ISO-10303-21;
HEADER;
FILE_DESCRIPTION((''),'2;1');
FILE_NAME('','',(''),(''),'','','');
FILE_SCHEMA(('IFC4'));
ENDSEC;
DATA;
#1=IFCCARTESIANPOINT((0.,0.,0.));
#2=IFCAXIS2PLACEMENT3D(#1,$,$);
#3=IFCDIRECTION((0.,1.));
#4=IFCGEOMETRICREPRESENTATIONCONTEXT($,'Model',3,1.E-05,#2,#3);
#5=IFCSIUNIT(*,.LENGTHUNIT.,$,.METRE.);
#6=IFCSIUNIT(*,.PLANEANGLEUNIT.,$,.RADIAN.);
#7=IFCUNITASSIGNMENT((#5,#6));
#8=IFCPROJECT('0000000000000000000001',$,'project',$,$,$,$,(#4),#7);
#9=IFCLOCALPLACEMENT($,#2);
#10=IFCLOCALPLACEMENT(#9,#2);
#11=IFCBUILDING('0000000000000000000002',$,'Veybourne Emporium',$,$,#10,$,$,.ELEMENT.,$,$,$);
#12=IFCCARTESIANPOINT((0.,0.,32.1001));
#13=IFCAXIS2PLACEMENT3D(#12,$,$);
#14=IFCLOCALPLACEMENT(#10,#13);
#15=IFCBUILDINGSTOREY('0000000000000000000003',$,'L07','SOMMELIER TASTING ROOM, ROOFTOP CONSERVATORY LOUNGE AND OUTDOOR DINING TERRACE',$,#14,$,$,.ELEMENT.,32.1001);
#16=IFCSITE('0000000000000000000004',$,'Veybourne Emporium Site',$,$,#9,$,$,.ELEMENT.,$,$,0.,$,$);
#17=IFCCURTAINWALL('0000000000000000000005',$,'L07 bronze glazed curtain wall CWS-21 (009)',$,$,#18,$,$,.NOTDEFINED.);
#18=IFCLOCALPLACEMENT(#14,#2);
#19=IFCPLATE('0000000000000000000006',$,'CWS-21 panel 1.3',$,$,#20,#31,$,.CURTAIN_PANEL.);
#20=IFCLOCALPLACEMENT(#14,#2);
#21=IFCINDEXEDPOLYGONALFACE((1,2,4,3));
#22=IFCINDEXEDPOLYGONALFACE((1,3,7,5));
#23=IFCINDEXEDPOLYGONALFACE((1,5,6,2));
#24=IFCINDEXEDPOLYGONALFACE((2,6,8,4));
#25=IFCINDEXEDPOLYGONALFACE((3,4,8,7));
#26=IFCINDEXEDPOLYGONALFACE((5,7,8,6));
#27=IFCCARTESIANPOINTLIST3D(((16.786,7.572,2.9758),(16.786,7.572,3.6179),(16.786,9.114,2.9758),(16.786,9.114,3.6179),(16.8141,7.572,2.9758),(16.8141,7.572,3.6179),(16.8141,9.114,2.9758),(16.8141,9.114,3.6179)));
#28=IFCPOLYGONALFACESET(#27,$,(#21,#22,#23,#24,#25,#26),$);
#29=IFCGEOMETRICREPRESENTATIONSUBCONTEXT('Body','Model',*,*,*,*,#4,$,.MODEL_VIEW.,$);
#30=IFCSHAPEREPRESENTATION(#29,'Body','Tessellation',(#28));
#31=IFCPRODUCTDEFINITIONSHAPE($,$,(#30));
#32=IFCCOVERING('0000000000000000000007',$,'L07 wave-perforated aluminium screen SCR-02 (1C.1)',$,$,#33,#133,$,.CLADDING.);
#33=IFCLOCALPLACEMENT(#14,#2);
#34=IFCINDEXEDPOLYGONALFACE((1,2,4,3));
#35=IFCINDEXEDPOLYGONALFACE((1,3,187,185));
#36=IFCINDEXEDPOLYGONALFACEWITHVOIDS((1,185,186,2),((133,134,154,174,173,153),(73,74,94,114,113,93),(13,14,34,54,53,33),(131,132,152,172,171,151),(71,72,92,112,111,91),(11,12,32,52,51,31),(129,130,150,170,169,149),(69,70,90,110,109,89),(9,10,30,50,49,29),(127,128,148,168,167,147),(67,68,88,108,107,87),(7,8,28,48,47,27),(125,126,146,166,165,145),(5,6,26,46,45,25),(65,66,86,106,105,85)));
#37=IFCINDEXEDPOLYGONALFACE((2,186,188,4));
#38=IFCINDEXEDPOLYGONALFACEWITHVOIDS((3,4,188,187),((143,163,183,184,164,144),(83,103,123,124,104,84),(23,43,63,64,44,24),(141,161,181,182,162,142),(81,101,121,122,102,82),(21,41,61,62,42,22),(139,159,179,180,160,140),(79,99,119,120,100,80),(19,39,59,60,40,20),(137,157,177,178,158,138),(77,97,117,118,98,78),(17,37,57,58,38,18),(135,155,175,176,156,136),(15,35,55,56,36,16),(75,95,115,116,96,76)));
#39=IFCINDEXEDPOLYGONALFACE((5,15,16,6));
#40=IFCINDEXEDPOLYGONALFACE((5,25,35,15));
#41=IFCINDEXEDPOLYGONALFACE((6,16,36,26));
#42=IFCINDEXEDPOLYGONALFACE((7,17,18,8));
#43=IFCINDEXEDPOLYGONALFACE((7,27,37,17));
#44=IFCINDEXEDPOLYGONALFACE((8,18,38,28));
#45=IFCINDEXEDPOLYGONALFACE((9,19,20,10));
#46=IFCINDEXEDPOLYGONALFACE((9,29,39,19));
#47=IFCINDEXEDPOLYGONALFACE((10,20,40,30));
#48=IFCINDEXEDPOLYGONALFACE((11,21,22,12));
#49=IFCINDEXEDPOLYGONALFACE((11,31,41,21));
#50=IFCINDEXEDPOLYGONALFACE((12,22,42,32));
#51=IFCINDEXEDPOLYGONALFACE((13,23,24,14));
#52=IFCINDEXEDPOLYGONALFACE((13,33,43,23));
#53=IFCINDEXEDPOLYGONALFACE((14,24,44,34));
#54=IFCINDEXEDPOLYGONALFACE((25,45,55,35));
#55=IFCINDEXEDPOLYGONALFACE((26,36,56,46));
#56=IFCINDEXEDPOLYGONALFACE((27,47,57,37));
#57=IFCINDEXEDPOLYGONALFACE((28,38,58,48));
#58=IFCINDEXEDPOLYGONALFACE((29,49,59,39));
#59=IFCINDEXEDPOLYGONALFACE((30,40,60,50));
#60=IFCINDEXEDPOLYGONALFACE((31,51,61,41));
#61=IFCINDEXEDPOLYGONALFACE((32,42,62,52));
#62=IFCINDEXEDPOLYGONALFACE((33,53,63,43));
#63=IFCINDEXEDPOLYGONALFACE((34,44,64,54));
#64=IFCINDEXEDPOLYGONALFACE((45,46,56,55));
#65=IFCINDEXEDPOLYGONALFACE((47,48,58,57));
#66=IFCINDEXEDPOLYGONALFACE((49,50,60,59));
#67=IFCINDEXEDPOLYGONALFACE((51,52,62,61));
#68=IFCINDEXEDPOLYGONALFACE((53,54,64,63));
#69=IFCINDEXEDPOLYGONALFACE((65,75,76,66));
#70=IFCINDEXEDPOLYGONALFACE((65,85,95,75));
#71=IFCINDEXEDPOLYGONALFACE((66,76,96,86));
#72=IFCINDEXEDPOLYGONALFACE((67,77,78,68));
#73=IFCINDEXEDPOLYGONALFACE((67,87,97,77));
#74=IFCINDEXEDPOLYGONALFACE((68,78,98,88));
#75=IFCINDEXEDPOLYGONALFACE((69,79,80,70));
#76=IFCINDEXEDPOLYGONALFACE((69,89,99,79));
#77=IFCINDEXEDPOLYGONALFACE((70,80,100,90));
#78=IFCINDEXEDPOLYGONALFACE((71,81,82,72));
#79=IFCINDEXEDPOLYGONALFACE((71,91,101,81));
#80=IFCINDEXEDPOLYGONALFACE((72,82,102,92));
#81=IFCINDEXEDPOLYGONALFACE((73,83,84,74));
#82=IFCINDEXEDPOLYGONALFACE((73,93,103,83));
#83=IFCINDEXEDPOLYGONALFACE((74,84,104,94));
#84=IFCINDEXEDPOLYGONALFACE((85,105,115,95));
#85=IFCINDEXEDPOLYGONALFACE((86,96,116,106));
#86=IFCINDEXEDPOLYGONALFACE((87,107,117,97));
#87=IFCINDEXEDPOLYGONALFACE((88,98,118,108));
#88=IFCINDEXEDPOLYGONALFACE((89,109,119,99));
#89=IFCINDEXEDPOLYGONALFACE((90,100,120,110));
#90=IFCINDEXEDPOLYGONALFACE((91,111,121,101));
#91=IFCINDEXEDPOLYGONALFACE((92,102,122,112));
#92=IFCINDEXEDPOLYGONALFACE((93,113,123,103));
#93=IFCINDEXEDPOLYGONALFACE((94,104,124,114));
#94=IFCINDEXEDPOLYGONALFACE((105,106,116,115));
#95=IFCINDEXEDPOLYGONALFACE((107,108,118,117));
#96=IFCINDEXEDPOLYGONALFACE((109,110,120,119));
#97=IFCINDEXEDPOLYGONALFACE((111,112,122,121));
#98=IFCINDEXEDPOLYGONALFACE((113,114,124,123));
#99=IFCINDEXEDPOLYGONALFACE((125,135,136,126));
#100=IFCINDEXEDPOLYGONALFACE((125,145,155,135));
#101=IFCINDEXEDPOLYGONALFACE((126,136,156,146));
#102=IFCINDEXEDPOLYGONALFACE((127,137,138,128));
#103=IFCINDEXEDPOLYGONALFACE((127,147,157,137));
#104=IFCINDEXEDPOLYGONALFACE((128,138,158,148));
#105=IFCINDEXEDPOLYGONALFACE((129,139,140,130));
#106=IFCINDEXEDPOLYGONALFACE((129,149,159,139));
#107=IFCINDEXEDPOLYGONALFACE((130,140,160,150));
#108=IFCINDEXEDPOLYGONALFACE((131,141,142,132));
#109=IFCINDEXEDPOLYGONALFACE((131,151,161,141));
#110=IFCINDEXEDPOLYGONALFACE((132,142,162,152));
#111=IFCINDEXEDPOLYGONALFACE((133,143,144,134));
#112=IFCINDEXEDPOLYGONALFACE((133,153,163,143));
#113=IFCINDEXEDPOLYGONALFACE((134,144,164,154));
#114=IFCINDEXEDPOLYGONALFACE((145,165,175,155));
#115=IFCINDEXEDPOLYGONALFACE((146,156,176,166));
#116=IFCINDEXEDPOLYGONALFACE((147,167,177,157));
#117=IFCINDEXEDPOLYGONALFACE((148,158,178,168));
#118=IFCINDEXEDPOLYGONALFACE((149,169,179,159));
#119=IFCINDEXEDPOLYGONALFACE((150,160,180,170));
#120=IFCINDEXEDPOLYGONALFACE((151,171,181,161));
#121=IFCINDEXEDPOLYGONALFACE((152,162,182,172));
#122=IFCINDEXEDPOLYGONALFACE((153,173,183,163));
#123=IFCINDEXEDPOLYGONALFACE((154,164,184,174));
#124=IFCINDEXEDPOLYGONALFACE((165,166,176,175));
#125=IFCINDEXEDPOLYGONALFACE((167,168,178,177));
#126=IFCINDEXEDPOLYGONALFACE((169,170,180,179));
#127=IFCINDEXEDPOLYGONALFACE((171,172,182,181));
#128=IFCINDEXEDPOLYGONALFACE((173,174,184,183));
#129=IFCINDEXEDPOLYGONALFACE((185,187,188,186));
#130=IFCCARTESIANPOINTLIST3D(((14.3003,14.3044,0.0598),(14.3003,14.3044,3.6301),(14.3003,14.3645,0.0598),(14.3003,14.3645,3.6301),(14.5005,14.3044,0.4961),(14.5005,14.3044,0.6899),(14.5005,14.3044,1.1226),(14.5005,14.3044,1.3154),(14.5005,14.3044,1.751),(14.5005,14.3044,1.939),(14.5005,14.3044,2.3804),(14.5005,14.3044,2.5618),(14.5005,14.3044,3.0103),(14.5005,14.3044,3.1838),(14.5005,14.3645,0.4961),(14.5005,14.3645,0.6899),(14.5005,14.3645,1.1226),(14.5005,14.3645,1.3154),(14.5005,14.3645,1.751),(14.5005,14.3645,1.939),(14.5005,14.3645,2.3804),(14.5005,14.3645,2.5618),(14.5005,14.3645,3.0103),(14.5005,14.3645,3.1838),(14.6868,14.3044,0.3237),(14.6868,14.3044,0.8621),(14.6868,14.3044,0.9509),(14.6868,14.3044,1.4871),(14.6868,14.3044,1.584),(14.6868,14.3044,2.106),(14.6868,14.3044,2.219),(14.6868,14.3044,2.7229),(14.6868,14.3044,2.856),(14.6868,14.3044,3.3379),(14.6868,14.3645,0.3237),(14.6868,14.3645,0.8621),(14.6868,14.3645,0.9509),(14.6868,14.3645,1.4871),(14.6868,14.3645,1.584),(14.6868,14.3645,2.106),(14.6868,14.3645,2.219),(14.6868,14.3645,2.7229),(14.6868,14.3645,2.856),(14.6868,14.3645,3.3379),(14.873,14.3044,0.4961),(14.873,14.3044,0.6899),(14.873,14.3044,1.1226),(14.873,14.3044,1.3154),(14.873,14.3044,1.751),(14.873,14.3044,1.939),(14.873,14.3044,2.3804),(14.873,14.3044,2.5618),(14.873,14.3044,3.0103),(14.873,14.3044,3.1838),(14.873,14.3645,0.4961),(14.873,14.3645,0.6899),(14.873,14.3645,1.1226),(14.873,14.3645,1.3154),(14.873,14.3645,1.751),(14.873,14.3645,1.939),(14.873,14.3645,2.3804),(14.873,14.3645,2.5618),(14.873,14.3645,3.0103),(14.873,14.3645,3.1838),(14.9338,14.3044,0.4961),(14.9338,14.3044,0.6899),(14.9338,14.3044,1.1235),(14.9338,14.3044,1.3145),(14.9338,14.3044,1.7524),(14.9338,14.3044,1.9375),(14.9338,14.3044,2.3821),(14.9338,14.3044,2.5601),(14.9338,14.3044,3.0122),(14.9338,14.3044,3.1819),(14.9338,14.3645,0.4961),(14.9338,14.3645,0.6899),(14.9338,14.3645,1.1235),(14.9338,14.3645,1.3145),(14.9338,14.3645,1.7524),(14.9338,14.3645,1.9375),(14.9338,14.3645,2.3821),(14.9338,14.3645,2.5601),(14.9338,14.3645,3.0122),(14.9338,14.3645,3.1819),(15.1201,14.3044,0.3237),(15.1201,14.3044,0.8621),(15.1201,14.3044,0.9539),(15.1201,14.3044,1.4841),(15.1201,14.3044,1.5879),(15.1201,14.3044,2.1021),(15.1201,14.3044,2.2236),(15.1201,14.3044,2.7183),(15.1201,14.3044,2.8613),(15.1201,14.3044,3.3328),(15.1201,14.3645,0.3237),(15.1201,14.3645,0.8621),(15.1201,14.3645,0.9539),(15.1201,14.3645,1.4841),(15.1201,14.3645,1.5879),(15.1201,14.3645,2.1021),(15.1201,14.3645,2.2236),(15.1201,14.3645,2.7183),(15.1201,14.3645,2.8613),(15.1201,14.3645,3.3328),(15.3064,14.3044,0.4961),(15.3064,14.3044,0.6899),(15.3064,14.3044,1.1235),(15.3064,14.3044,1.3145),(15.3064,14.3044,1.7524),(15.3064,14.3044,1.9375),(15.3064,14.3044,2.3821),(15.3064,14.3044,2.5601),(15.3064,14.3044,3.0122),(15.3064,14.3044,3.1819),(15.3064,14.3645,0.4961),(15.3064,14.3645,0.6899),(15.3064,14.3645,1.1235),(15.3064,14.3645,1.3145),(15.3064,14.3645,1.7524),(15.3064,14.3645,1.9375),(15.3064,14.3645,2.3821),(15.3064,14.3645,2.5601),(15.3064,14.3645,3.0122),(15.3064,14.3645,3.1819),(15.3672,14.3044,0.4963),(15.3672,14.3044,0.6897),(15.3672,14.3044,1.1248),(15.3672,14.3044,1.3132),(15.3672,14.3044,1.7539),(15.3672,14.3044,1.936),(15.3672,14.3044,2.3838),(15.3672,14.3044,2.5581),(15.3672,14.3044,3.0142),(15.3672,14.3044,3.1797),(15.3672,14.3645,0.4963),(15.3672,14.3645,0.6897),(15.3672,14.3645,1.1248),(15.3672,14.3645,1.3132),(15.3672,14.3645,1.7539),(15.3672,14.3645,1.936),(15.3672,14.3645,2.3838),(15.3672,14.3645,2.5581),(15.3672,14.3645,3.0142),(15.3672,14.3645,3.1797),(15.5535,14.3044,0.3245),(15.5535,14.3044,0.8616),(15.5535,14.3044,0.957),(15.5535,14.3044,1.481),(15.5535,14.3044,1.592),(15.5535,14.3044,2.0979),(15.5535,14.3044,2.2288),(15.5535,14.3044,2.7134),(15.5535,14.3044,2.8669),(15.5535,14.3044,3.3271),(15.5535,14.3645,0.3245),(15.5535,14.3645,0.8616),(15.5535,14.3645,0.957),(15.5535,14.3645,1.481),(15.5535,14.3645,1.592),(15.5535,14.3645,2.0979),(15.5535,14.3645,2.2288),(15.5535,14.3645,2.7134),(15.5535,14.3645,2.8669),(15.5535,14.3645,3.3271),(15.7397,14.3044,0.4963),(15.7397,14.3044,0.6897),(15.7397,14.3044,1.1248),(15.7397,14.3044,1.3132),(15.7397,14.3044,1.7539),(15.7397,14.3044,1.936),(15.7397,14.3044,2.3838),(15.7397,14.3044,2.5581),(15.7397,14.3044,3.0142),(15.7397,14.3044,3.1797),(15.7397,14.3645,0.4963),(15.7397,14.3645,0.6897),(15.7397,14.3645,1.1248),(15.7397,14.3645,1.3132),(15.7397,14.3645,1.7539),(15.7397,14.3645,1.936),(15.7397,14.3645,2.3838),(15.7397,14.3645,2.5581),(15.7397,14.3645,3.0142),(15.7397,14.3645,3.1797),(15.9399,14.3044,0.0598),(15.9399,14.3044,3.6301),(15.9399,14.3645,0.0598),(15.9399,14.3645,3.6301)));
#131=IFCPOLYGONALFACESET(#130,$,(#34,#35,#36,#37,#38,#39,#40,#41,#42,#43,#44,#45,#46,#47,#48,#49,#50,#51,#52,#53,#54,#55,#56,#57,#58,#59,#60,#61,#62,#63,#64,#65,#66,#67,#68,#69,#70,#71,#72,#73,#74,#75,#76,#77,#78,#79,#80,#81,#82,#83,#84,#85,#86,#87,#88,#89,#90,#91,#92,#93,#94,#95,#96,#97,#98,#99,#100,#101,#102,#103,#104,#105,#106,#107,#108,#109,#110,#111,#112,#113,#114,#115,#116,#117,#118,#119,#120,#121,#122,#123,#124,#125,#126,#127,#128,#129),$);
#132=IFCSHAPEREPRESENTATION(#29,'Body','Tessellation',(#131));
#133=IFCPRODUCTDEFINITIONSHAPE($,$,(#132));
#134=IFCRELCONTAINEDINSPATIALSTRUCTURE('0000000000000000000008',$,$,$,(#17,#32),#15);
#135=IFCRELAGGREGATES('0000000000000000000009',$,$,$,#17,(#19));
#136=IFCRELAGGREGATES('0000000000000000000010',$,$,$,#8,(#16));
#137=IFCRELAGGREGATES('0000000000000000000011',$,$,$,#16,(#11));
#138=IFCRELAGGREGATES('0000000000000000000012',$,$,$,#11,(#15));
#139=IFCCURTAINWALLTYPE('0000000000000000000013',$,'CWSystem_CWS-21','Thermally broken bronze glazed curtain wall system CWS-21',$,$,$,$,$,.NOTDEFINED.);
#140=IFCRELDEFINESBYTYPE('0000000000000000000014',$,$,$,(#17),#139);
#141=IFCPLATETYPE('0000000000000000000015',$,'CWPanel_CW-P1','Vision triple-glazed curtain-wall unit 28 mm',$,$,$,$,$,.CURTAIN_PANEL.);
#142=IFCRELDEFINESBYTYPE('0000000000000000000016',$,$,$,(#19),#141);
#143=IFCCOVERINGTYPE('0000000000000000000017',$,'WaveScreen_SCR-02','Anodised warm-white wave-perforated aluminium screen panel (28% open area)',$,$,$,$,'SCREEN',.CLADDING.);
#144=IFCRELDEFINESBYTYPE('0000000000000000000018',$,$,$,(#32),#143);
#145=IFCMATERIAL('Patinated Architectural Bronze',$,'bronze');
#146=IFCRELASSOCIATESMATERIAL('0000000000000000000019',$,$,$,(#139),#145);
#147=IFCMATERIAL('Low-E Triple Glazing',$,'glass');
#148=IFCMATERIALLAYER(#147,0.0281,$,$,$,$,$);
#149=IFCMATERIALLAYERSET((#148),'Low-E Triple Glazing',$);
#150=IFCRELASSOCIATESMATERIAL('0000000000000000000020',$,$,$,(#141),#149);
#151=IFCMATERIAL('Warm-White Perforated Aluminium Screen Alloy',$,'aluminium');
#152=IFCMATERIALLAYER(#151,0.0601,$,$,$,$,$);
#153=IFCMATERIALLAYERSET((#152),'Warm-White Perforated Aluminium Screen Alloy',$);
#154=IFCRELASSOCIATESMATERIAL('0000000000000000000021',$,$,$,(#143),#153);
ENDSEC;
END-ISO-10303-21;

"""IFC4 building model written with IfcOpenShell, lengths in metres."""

from ifc_helpers import new_model, si_unit, direction, frame, origin, origin_2d, place, context, subcontext, project, spatial, polyline, rectangle, outline, extrude, material, layer, layer_set, type_object, element, aggregate, save


model = new_model("IFC4")

# Units and contexts
model_context = context("Model", 3, precision=1e-05, world=origin(), true_north=direction((0.0, 1.0)))
body_context = subcontext(model_context, "Body", "Model", "MODEL_VIEW")
ifc_project = project(units=[si_unit("LENGTHUNIT", "METRE"), si_unit("PLANEANGLEUNIT", "RADIAN")], contexts=[model_context])

# Site, building, storey
site_placement = place(None, origin())
site = spatial("IfcSite", under=ifc_project, at=site_placement, Name="Veybourne Emporium Site", CompositionType="ELEMENT", RefElevation=0.0)
building_placement = place(site_placement, origin())
building = spatial("IfcBuilding", under=site, at=building_placement, Name="Veybourne Emporium", CompositionType="ELEMENT")
storey_placement = place(building_placement, frame((0.0, 0.0, 32.1001)))
storey = spatial("IfcBuildingStorey", under=building, at=storey_placement, Name="L07", Description="SOMMELIER TASTING ROOM, ROOFTOP CONSERVATORY LOUNGE AND OUTDOOR DINING TERRACE", CompositionType="ELEMENT", Elevation=32.1001)

# Curtain wall
ifc_material_1 = material(Name="Patinated Architectural Bronze", Category="bronze")
curtain_wall_type_1 = type_object("IfcCurtainWallType", Name="CWSystem_CWS-21", Description="Thermally broken bronze glazed curtain wall system CWS-21", PredefinedType="NOTDEFINED", material=ifc_material_1)
curtain_wall_1_placement = place(storey_placement, origin())
curtain_wall_1 = element("IfcCurtainWall", 1, at=curtain_wall_1_placement, inside=storey, type_object=curtain_wall_type_1, Name="L07 bronze glazed curtain wall CWS-21 (009)", PredefinedType="NOTDEFINED")

# Plate
ifc_material_2 = material(Name="Low-E Triple Glazing", Category="glass")
ifc_layer_1 = layer(ifc_material_2, 0.0281)
ifc_layer_set_1 = layer_set([ifc_layer_1], Name="Low-E Triple Glazing")
plate_type = type_object("IfcPlateType", Name="CWPanel_CW-P1", Description="Vision triple-glazed curtain-wall unit 28 mm", PredefinedType="CURTAIN_PANEL", material=ifc_layer_set_1)
plate_1_placement = place(storey_placement, frame((16.8, 8.343, 2.9758), z_axis=(0.0, 0.0, 1.0), x_axis=(0.0, 1.0, 0.0)))
plate_1 = element("IfcPlate", 2, at=plate_1_placement, type_object=plate_type, Name="CWS-21 panel 1.3", PredefinedType="CURTAIN_PANEL", context=body_context, shape_type="SweptSolid", body=[
    extrude(rectangle(XDim=1.542, YDim=0.0281, at=origin_2d()), origin(), (0.0, 0.0, 1.0), 0.6421),
])
aggregate(curtain_wall_1, [plate_1])

# Covering
ifc_material_3 = material(Name="Warm-White Perforated Aluminium Screen Alloy", Category="aluminium")
ifc_layer_2 = layer(ifc_material_3, 0.0601)
ifc_layer_set_2 = layer_set([ifc_layer_2], Name="Warm-White Perforated Aluminium Screen Alloy")
covering_type_1 = type_object("IfcCoveringType", Name="WaveScreen_SCR-02", Description="Anodised warm-white wave-perforated aluminium screen panel (28% open area)", ElementType="SCREEN", PredefinedType="CLADDING", material=ifc_layer_set_2)
covering_1_placement = place(storey_placement, frame((15.1201, 14.3044, 1.845), z_axis=(0.0, 1.0, 0.0), x_axis=(-1.0, 0.0, 0.0)))
element("IfcCovering", 3, at=covering_1_placement, inside=storey, type_object=covering_type_1, Name="L07 wave-perforated aluminium screen SCR-02 (1C.1)", PredefinedType="CLADDING", context=body_context, shape_type="SweptSolid", body=[
    extrude(outline(polyline([(-0.8198, -1.7852), (0.8198, -1.7852), (0.8198, 1.7852), (-0.8198, 1.7852), (-0.8198, -1.7852)]), holes=[polyline([(-0.4333, -0.9834), (-0.2471, -1.1553), (-0.2471, -1.3486), (-0.4333, -1.5205), (-0.6196, -1.3486), (-0.6196, -1.1553), (-0.4333, -0.9834)]), polyline([(-0.4333, -0.364), (-0.2471, -0.5317), (-0.2471, -0.7202), (-0.4333, -0.8879), (-0.6196, -0.7202), (-0.6196, -0.5317), (-0.4333, -0.364)]), polyline([(-0.4333, 0.2529), (-0.2471, 0.0911), (-0.2471, -0.0911), (-0.4333, -0.2529), (-0.6196, -0.0911), (-0.6196, 0.0911), (-0.4333, 0.2529)]), polyline([(-0.4333, 0.8684), (-0.2471, 0.7131), (-0.2471, 0.5388), (-0.4333, 0.3838), (-0.6196, 0.5388), (-0.6196, 0.7131), (-0.4333, 0.8684)]), polyline([(-0.4333, 1.4822), (-0.2471, 1.3347), (-0.2471, 1.1692), (-0.4333, 1.022), (-0.6196, 1.1692), (-0.6196, 1.3347), (-0.4333, 1.4822)]), polyline([(0.0, -0.9829), (0.1863, -1.155), (0.1863, -1.3489), (0.0, -1.5212), (-0.1863, -1.3489), (-0.1863, -1.155), (0.0, -0.9829)]), polyline([(0.0, -0.3608), (0.1863, -0.5305), (0.1863, -0.7214), (0.0, -0.8911), (-0.1863, -0.7214), (-0.1863, -0.5305), (0.0, -0.3608)]), polyline([(0.0, 0.2571), (0.1863, 0.0925), (0.1863, -0.0925), (0.0, -0.2571), (-0.1863, -0.0925), (-0.1863, 0.0925), (0.0, 0.2571)]), polyline([(0.0, 0.8733), (0.1863, 0.7151), (0.1863, 0.5371), (0.0, 0.3787), (-0.1863, 0.5371), (-0.1863, 0.7151), (0.0, 0.8733)]), polyline([(0.0, 1.4878), (0.1863, 1.3369), (0.1863, 1.1672), (0.0, 1.0164), (-0.1863, 1.1672), (-0.1863, 1.3369), (0.0, 1.4878)]), polyline([(0.4333, -0.9829), (0.6196, -1.155), (0.6196, -1.3489), (0.4333, -1.5212), (0.2471, -1.3489), (0.2471, -1.155), (0.4333, -0.9829)]), polyline([(0.4333, -0.3579), (0.6196, -0.5295), (0.6196, -0.7224), (0.4333, -0.894), (0.2471, -0.7224), (0.2471, -0.5295), (0.4333, -0.3579)]), polyline([(0.4333, 0.261), (0.6196, 0.094), (0.6196, -0.094), (0.4333, -0.261), (0.2471, -0.094), (0.2471, 0.094), (0.4333, 0.261)]), polyline([(0.4333, 0.8779), (0.6196, 0.7168), (0.6196, 0.5354), (0.4333, 0.374), (0.2471, 0.5354), (0.2471, 0.7168), (0.4333, 0.8779)]), polyline([(0.4333, 1.4929), (0.6196, 1.3389), (0.6196, 1.1653), (0.4333, 1.011), (0.2471, 1.1653), (0.2471, 1.3389), (0.4333, 1.4929)])]), origin(), (0.0, 0.0, 1.0), 0.0601),
])

save(model, "model.ifc")
